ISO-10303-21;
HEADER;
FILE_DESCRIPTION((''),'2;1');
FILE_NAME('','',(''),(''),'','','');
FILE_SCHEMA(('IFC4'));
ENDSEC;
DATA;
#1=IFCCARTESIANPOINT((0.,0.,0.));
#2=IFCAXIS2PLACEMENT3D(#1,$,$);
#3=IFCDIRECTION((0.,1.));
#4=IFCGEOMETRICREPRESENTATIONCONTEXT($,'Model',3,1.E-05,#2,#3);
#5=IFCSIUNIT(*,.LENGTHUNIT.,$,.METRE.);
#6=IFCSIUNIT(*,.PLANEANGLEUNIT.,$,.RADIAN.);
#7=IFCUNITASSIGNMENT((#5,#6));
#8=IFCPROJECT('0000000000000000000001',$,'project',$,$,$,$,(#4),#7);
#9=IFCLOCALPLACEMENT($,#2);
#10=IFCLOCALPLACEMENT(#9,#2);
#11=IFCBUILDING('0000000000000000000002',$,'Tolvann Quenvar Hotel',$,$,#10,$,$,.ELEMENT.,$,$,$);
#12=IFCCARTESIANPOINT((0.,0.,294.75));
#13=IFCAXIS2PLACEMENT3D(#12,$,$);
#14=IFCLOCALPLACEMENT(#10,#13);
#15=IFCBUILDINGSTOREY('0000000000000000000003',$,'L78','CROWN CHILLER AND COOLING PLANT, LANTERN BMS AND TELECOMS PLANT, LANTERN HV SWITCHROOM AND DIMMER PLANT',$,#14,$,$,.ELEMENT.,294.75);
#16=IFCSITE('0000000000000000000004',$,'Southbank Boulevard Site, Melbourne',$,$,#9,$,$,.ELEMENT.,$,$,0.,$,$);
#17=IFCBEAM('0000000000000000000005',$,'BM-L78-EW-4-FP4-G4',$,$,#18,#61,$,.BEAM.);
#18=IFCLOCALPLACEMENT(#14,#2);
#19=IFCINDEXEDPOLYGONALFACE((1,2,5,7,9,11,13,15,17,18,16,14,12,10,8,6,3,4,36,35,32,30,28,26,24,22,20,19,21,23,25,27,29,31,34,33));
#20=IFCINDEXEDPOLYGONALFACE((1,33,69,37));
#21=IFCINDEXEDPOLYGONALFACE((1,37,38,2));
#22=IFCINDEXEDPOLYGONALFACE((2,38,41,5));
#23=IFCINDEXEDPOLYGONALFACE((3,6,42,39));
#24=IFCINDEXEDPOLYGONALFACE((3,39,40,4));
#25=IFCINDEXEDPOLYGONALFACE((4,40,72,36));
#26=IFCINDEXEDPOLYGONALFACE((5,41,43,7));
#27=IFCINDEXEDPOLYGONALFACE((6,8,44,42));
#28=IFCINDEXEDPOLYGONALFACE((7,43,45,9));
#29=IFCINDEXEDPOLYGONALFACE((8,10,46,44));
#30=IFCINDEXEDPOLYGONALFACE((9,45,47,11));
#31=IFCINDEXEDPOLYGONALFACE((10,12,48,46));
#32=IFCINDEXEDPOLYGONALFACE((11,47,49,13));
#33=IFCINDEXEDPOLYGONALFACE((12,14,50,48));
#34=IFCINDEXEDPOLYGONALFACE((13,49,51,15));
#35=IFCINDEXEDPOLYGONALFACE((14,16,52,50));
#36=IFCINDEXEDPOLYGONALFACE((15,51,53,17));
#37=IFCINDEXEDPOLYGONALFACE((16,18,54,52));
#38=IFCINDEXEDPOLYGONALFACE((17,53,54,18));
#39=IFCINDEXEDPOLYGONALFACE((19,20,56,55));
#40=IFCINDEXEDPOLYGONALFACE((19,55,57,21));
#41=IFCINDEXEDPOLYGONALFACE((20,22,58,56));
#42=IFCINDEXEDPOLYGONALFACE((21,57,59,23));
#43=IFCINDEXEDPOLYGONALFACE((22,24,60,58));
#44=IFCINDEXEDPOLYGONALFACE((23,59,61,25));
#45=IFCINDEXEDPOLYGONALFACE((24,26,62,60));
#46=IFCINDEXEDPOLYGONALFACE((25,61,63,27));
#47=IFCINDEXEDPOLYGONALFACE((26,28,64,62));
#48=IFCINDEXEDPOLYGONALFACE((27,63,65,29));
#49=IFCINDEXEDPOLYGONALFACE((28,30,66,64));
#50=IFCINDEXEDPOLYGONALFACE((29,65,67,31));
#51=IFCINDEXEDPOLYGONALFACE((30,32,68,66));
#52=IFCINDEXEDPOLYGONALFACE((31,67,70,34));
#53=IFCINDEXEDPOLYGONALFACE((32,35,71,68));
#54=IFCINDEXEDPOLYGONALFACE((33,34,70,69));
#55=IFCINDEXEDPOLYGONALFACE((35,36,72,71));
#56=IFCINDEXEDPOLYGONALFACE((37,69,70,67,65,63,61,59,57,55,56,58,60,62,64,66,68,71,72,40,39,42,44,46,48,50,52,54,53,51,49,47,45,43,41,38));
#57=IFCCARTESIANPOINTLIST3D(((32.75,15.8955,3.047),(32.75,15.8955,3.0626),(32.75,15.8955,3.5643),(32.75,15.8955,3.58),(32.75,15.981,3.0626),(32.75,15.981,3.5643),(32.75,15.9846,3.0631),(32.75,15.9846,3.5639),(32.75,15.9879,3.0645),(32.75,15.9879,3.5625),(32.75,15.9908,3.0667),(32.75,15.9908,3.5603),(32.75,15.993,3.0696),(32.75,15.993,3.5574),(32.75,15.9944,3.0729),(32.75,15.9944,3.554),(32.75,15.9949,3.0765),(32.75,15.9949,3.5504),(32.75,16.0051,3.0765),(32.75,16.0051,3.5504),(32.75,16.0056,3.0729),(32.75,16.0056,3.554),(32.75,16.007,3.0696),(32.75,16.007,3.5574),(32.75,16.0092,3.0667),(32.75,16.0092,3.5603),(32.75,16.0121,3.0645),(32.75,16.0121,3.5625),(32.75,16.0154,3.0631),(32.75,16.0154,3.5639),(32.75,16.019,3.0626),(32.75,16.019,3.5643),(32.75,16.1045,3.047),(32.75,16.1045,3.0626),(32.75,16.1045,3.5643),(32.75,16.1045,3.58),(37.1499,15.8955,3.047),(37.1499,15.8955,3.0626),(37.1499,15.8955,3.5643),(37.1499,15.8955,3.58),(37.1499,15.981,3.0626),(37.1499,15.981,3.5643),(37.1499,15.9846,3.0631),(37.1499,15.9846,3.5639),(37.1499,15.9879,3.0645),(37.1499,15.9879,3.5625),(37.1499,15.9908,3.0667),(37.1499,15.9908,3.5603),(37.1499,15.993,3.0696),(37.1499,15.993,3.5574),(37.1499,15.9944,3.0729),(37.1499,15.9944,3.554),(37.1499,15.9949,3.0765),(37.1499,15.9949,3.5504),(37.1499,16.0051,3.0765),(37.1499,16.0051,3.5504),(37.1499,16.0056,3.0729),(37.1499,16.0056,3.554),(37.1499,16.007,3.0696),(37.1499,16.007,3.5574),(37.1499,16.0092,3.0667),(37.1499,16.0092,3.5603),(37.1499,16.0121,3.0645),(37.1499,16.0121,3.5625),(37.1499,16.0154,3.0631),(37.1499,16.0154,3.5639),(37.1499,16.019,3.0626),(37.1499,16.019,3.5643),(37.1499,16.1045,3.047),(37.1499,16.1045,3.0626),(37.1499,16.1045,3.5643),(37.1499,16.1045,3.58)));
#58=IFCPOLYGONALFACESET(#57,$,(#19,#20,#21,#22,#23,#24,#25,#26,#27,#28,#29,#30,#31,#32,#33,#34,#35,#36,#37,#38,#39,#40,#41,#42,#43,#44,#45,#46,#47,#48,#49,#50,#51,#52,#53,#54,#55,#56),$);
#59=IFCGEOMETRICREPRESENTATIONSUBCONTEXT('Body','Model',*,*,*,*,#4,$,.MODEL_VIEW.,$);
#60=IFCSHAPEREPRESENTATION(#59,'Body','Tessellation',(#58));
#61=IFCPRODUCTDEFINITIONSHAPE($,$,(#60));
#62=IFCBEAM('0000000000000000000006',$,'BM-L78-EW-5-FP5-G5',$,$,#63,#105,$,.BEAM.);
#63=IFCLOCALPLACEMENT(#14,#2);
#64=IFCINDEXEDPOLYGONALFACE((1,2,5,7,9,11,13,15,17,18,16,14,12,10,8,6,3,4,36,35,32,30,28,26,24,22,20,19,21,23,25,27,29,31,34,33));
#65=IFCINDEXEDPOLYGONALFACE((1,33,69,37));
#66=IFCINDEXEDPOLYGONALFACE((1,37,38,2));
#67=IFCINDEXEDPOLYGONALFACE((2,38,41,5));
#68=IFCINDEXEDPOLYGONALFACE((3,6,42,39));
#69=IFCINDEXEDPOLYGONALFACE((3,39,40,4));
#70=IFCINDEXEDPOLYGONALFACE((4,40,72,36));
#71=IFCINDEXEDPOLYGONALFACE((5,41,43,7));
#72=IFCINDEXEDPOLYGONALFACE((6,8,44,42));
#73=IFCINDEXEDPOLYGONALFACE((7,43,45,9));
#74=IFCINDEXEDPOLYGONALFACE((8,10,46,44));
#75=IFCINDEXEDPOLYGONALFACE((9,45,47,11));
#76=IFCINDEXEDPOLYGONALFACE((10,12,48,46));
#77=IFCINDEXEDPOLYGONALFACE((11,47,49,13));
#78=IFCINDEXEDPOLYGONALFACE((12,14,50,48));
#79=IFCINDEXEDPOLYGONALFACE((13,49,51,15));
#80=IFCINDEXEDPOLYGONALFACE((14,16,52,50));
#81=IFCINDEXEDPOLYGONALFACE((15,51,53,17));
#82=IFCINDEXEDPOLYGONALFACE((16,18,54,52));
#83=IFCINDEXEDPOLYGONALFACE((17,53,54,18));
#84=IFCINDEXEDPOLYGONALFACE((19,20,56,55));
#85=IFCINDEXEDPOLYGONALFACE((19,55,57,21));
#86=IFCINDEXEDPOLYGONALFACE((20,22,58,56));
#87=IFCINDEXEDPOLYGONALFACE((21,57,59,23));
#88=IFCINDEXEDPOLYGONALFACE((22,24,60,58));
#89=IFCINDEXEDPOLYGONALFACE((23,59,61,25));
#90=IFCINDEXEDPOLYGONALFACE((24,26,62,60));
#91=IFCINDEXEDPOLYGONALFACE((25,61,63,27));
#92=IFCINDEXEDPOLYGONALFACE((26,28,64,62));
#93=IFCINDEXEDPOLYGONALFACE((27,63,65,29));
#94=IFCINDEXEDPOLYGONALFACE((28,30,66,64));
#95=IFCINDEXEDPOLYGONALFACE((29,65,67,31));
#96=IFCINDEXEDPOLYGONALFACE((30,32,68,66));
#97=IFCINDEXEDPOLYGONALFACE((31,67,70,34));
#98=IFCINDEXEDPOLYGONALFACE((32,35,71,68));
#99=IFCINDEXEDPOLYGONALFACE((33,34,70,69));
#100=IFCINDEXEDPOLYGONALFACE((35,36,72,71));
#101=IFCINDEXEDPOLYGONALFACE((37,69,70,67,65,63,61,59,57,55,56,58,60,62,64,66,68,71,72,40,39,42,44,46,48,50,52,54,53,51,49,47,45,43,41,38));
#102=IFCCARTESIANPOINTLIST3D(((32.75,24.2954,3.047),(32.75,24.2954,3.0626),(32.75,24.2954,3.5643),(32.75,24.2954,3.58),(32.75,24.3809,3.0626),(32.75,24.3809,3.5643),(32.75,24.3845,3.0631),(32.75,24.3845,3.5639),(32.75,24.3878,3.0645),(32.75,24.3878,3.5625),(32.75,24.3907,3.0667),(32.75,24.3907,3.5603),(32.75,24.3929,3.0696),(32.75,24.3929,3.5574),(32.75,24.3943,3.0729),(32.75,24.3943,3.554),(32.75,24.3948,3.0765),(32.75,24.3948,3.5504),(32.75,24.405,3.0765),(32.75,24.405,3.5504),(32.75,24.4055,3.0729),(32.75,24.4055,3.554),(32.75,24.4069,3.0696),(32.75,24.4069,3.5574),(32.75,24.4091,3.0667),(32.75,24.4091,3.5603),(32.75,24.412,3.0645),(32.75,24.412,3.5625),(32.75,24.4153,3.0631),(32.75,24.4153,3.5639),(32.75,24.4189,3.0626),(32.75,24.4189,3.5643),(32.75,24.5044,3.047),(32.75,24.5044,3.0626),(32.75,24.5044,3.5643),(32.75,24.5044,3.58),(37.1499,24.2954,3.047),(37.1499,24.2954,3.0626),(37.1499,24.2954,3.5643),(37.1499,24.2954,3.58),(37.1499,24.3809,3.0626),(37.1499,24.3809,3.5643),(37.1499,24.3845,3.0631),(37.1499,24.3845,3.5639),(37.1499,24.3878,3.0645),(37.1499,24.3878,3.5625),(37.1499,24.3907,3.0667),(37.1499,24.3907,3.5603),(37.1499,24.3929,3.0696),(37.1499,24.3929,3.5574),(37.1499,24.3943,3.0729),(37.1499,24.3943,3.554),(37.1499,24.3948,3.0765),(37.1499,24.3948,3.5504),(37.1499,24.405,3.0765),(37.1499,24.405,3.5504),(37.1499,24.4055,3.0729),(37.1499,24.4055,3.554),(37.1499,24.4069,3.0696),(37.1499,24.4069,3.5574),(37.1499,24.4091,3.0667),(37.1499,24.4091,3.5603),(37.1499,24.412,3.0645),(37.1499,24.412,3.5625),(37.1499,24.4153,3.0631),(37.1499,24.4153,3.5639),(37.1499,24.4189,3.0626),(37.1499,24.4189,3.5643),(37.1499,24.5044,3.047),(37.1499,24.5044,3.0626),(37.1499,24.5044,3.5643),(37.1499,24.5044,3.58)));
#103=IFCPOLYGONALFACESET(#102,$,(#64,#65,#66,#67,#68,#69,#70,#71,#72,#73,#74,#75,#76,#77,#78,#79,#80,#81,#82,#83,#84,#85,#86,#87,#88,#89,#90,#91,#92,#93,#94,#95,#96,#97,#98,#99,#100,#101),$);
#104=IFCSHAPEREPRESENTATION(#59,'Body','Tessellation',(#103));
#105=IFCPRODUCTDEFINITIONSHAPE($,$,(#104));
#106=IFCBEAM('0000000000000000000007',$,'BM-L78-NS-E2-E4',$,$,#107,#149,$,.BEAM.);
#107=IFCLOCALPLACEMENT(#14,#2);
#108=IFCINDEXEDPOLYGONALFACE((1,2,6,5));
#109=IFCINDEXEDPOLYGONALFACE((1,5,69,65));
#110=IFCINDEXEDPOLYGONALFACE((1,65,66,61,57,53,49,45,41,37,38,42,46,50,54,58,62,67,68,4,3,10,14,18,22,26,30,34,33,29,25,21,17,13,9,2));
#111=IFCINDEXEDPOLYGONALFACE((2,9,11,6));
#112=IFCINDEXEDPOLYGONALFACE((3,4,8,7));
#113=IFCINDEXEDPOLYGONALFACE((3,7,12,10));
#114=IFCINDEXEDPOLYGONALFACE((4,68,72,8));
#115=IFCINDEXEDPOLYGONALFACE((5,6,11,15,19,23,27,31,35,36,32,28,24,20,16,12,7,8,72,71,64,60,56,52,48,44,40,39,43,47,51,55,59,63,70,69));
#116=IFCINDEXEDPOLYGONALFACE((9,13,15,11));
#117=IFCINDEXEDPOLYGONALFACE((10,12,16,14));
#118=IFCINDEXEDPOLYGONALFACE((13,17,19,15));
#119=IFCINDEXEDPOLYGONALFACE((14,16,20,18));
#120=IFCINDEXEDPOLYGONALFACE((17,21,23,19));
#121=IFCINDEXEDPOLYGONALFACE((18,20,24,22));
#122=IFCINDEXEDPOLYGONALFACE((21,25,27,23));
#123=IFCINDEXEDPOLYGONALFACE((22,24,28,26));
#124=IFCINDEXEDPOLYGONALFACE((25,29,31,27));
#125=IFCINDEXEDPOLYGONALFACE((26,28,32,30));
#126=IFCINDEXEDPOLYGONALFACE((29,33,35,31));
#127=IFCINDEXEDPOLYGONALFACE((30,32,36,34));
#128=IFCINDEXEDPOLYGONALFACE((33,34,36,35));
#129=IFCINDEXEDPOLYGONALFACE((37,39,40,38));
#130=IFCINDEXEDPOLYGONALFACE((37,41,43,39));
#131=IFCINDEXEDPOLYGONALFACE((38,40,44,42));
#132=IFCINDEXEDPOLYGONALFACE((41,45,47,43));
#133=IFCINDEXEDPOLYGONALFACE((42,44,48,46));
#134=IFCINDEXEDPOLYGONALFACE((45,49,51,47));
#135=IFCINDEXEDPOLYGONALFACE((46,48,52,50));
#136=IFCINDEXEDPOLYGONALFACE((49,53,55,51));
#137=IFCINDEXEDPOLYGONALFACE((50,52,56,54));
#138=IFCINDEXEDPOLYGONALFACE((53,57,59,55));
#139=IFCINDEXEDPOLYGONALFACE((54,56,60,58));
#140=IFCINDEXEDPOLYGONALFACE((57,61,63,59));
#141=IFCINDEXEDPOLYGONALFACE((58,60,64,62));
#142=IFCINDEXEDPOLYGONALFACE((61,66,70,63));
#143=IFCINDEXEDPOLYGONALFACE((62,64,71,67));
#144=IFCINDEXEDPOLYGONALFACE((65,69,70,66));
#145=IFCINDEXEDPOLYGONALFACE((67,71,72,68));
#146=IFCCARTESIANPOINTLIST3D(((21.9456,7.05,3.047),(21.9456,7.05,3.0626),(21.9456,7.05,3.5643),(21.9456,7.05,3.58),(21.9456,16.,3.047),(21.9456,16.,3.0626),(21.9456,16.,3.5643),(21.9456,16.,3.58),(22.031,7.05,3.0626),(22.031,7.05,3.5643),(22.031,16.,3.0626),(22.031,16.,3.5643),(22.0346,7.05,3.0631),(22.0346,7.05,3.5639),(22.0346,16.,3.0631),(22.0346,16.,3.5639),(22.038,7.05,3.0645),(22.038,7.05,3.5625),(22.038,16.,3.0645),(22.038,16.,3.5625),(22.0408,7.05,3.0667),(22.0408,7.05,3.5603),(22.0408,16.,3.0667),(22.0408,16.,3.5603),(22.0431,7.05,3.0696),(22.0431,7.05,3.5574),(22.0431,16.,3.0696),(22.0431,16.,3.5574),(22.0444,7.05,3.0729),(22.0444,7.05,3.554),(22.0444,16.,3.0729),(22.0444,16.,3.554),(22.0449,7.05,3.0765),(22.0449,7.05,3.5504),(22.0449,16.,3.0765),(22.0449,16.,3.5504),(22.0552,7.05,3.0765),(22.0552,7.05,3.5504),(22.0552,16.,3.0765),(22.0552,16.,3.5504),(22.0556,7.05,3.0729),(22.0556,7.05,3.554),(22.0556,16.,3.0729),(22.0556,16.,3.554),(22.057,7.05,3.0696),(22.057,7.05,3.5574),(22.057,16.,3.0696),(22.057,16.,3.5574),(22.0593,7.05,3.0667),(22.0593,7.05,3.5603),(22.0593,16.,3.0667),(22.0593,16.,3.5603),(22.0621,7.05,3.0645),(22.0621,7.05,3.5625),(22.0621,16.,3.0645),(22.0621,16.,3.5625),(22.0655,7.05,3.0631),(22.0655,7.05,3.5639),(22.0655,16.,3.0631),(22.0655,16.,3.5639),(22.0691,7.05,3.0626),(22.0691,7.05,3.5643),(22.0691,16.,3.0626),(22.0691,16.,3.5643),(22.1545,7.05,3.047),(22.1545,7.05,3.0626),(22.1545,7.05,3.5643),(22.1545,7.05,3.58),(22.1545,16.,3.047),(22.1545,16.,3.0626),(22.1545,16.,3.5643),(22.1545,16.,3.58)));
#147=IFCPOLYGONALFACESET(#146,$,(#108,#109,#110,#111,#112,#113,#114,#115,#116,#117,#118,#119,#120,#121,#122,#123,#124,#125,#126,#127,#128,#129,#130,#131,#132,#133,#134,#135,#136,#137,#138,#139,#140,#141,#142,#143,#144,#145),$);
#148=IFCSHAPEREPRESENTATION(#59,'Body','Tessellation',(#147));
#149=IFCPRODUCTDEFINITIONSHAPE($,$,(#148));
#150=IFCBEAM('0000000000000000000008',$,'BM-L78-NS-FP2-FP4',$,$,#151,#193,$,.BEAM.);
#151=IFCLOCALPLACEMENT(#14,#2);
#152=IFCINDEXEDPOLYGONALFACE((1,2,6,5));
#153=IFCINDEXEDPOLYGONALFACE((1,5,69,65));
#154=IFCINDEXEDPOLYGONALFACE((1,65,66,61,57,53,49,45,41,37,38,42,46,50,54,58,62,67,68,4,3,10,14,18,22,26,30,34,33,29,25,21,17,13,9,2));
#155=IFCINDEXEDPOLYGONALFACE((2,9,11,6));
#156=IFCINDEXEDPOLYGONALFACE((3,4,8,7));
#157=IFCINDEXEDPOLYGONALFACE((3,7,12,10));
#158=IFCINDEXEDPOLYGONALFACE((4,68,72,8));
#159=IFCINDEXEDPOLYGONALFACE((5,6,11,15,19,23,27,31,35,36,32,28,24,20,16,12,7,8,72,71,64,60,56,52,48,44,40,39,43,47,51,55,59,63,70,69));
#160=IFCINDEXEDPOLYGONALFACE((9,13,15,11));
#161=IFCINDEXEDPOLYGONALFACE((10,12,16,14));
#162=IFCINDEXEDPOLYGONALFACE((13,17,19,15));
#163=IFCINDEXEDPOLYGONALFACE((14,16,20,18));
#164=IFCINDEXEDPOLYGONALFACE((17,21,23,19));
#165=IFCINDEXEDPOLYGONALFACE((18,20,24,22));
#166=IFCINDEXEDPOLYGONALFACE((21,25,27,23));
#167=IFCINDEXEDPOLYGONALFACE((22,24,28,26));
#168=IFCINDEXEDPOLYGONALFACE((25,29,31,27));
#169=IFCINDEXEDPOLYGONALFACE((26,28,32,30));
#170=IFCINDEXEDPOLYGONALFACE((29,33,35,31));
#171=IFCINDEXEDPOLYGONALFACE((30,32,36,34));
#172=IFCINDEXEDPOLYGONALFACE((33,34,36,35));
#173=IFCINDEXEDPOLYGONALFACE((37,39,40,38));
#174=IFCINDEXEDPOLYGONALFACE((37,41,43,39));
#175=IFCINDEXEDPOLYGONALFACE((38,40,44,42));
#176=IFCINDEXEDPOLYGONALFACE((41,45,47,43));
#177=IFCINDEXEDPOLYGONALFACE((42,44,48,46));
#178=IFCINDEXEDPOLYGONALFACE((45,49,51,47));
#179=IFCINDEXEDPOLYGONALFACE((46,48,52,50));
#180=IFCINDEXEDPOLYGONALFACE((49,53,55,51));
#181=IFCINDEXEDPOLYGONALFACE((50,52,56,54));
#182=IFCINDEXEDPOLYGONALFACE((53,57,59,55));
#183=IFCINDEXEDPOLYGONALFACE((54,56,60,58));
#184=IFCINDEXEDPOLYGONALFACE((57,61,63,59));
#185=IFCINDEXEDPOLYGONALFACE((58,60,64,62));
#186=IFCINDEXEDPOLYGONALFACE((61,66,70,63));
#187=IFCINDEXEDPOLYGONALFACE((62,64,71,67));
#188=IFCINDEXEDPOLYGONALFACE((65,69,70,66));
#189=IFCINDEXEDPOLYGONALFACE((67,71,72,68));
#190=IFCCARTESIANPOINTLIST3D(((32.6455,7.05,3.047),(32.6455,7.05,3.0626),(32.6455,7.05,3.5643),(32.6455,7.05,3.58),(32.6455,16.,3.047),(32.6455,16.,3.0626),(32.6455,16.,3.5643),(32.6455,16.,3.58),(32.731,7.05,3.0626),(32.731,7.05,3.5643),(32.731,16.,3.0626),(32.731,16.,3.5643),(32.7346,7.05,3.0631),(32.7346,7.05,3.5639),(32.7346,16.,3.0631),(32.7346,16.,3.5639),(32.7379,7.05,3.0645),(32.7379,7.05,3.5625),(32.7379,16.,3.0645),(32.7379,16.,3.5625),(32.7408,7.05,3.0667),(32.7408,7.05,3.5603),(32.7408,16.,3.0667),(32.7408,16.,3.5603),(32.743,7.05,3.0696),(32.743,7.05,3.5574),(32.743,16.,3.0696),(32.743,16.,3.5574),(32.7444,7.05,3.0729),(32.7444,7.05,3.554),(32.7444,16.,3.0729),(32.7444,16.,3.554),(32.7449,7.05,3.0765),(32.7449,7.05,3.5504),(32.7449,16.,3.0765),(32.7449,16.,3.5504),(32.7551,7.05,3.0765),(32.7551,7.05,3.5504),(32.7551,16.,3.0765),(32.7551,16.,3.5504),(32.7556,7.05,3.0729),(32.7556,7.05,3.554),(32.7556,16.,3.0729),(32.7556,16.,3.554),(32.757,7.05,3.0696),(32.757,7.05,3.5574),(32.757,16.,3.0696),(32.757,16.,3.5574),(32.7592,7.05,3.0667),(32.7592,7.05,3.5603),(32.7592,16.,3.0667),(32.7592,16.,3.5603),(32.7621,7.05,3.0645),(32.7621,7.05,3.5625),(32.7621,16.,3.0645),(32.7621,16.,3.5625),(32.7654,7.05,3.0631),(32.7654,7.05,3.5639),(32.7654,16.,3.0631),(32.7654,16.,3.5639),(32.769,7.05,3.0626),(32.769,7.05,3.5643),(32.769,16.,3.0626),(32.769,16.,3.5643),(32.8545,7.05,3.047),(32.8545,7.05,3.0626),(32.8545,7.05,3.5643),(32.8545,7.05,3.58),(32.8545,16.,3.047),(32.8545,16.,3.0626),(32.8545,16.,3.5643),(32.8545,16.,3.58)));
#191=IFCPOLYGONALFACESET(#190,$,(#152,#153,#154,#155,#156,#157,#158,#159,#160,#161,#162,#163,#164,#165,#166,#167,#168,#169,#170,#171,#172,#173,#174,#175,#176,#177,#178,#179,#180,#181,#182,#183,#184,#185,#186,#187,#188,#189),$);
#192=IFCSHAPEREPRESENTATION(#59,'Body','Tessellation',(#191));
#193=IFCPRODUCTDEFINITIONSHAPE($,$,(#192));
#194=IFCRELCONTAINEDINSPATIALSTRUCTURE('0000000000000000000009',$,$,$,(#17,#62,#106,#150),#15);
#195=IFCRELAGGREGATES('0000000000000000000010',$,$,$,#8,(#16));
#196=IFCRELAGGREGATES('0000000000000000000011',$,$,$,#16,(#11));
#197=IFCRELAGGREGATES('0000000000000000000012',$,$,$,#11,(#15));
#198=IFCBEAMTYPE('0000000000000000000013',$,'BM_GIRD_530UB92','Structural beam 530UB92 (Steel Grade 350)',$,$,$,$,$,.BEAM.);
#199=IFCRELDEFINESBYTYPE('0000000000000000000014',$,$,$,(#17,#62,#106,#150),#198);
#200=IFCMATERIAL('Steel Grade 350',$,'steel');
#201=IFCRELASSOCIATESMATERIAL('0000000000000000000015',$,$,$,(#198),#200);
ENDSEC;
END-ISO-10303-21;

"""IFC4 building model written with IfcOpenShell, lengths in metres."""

from ifc_helpers import new_model, si_unit, direction, frame, origin, origin_2d, place, context, subcontext, project, spatial, i_section, extrude, source, transform, mapped, material, material_profile, profile_set, type_object, element, save


model = new_model("IFC4")

# Units and contexts
model_context = context("Model", 3, precision=1e-05, world=origin(), true_north=direction((0.0, 1.0)))
body_context = subcontext(model_context, "Body", "Model", "MODEL_VIEW")
ifc_project = project(units=[si_unit("LENGTHUNIT", "METRE"), si_unit("PLANEANGLEUNIT", "RADIAN")], contexts=[model_context])

# Site, building, storey
site_placement = place(None, origin())
site = spatial("IfcSite", under=ifc_project, at=site_placement, Name="Southbank Boulevard Site, Melbourne", CompositionType="ELEMENT", RefElevation=0.0)
building_placement = place(site_placement, origin())
building = spatial("IfcBuilding", under=site, at=building_placement, Name="Tolvann Quenvar Hotel", CompositionType="ELEMENT")
storey_placement = place(building_placement, frame((0.0, 0.0, 294.75)))
storey = spatial("IfcBuildingStorey", under=building, at=storey_placement, Name="L78", Description="CROWN CHILLER AND COOLING PLANT, LANTERN BMS AND TELECOMS PLANT, LANTERN HV SWITCHROOM AND DIMMER PLANT", CompositionType="ELEMENT", Elevation=294.75)

# Shared definitions
ifc_material_1 = material(Name="Steel Grade 350", Category="steel")

# Beams
ifc_material_profile_1 = material_profile(ifc_material_1, i_section(OverallWidth=0.209, OverallDepth=0.533, WebThickness=0.0103, FlangeThickness=0.0156, FilletRadius=0.0139, at=origin_2d()), Name="530UB92")
ifc_profile_set_1 = profile_set([ifc_material_profile_1], Name="Steel Grade 350")
beam_type_1 = type_object("IfcBeamType", Name="BM_GIRD_530UB92", Description="Structural beam 530UB92 (Steel Grade 350)", PredefinedType="BEAM", material=ifc_profile_set_1)
shared_shape_1 = source(origin(), body_context, "Body", "SweptSolid", [
    extrude(i_section(OverallWidth=0.209, OverallDepth=0.533, WebThickness=0.0103, FlangeThickness=0.0156, FilletRadius=0.0139, at=origin_2d()), origin(), (0.0, 0.0, 1.0), 4.3999),
])
for number, where, z_axis, x_axis, name in (
    (1, (32.75, 16.0, 3.3135), (1.0, 0.0, 0.0), (0.0, 1.0, 0.0), "BM-L78-EW-4-FP4-G4"),
    (2, (32.75, 24.3999, 3.3135), (1.0, 0.0, 0.0), (0.0, 1.0, 0.0), "BM-L78-EW-5-FP5-G5"),
):
    element("IfcBeam", number, at=place(storey_placement, frame(where, z_axis=z_axis, x_axis=x_axis)), inside=storey, type_object=beam_type_1, Name=name, PredefinedType="BEAM", context=body_context, shape_type="MappedRepresentation", body=[
        mapped(shared_shape_1, transform((0.0, 0.0, 0.0), x_axis=(1.0, 0.0, 0.0), y_axis=(0.0, 1.0, 0.0), z_axis=(0.0, 0.0, 1.0), scale=1.0)),
    ])
shared_shape_2 = source(origin(), body_context, "Body", "SweptSolid", [
    extrude(i_section(OverallWidth=0.209, OverallDepth=0.533, WebThickness=0.0103, FlangeThickness=0.0156, FilletRadius=0.0139, at=origin_2d()), origin(), (0.0, 0.0, 1.0), 8.95),
])
for number, where, z_axis, x_axis, name in (
    (3, (22.05, 7.05, 3.3135), (0.0, 1.0, 0.0), (-1.0, 0.0, 0.0), "BM-L78-NS-E2-E4"),
    (4, (32.75, 7.05, 3.3135), (0.0, 1.0, 0.0), (-1.0, 0.0, 0.0), "BM-L78-NS-FP2-FP4"),
):
    element("IfcBeam", number, at=place(storey_placement, frame(where, z_axis=z_axis, x_axis=x_axis)), inside=storey, type_object=beam_type_1, Name=name, PredefinedType="BEAM", context=body_context, shape_type="MappedRepresentation", body=[
        mapped(shared_shape_2, transform((0.0, 0.0, 0.0), x_axis=(1.0, 0.0, 0.0), y_axis=(0.0, 1.0, 0.0), z_axis=(0.0, 0.0, 1.0), scale=1.0)),
    ])

save(model, "model.ifc")
